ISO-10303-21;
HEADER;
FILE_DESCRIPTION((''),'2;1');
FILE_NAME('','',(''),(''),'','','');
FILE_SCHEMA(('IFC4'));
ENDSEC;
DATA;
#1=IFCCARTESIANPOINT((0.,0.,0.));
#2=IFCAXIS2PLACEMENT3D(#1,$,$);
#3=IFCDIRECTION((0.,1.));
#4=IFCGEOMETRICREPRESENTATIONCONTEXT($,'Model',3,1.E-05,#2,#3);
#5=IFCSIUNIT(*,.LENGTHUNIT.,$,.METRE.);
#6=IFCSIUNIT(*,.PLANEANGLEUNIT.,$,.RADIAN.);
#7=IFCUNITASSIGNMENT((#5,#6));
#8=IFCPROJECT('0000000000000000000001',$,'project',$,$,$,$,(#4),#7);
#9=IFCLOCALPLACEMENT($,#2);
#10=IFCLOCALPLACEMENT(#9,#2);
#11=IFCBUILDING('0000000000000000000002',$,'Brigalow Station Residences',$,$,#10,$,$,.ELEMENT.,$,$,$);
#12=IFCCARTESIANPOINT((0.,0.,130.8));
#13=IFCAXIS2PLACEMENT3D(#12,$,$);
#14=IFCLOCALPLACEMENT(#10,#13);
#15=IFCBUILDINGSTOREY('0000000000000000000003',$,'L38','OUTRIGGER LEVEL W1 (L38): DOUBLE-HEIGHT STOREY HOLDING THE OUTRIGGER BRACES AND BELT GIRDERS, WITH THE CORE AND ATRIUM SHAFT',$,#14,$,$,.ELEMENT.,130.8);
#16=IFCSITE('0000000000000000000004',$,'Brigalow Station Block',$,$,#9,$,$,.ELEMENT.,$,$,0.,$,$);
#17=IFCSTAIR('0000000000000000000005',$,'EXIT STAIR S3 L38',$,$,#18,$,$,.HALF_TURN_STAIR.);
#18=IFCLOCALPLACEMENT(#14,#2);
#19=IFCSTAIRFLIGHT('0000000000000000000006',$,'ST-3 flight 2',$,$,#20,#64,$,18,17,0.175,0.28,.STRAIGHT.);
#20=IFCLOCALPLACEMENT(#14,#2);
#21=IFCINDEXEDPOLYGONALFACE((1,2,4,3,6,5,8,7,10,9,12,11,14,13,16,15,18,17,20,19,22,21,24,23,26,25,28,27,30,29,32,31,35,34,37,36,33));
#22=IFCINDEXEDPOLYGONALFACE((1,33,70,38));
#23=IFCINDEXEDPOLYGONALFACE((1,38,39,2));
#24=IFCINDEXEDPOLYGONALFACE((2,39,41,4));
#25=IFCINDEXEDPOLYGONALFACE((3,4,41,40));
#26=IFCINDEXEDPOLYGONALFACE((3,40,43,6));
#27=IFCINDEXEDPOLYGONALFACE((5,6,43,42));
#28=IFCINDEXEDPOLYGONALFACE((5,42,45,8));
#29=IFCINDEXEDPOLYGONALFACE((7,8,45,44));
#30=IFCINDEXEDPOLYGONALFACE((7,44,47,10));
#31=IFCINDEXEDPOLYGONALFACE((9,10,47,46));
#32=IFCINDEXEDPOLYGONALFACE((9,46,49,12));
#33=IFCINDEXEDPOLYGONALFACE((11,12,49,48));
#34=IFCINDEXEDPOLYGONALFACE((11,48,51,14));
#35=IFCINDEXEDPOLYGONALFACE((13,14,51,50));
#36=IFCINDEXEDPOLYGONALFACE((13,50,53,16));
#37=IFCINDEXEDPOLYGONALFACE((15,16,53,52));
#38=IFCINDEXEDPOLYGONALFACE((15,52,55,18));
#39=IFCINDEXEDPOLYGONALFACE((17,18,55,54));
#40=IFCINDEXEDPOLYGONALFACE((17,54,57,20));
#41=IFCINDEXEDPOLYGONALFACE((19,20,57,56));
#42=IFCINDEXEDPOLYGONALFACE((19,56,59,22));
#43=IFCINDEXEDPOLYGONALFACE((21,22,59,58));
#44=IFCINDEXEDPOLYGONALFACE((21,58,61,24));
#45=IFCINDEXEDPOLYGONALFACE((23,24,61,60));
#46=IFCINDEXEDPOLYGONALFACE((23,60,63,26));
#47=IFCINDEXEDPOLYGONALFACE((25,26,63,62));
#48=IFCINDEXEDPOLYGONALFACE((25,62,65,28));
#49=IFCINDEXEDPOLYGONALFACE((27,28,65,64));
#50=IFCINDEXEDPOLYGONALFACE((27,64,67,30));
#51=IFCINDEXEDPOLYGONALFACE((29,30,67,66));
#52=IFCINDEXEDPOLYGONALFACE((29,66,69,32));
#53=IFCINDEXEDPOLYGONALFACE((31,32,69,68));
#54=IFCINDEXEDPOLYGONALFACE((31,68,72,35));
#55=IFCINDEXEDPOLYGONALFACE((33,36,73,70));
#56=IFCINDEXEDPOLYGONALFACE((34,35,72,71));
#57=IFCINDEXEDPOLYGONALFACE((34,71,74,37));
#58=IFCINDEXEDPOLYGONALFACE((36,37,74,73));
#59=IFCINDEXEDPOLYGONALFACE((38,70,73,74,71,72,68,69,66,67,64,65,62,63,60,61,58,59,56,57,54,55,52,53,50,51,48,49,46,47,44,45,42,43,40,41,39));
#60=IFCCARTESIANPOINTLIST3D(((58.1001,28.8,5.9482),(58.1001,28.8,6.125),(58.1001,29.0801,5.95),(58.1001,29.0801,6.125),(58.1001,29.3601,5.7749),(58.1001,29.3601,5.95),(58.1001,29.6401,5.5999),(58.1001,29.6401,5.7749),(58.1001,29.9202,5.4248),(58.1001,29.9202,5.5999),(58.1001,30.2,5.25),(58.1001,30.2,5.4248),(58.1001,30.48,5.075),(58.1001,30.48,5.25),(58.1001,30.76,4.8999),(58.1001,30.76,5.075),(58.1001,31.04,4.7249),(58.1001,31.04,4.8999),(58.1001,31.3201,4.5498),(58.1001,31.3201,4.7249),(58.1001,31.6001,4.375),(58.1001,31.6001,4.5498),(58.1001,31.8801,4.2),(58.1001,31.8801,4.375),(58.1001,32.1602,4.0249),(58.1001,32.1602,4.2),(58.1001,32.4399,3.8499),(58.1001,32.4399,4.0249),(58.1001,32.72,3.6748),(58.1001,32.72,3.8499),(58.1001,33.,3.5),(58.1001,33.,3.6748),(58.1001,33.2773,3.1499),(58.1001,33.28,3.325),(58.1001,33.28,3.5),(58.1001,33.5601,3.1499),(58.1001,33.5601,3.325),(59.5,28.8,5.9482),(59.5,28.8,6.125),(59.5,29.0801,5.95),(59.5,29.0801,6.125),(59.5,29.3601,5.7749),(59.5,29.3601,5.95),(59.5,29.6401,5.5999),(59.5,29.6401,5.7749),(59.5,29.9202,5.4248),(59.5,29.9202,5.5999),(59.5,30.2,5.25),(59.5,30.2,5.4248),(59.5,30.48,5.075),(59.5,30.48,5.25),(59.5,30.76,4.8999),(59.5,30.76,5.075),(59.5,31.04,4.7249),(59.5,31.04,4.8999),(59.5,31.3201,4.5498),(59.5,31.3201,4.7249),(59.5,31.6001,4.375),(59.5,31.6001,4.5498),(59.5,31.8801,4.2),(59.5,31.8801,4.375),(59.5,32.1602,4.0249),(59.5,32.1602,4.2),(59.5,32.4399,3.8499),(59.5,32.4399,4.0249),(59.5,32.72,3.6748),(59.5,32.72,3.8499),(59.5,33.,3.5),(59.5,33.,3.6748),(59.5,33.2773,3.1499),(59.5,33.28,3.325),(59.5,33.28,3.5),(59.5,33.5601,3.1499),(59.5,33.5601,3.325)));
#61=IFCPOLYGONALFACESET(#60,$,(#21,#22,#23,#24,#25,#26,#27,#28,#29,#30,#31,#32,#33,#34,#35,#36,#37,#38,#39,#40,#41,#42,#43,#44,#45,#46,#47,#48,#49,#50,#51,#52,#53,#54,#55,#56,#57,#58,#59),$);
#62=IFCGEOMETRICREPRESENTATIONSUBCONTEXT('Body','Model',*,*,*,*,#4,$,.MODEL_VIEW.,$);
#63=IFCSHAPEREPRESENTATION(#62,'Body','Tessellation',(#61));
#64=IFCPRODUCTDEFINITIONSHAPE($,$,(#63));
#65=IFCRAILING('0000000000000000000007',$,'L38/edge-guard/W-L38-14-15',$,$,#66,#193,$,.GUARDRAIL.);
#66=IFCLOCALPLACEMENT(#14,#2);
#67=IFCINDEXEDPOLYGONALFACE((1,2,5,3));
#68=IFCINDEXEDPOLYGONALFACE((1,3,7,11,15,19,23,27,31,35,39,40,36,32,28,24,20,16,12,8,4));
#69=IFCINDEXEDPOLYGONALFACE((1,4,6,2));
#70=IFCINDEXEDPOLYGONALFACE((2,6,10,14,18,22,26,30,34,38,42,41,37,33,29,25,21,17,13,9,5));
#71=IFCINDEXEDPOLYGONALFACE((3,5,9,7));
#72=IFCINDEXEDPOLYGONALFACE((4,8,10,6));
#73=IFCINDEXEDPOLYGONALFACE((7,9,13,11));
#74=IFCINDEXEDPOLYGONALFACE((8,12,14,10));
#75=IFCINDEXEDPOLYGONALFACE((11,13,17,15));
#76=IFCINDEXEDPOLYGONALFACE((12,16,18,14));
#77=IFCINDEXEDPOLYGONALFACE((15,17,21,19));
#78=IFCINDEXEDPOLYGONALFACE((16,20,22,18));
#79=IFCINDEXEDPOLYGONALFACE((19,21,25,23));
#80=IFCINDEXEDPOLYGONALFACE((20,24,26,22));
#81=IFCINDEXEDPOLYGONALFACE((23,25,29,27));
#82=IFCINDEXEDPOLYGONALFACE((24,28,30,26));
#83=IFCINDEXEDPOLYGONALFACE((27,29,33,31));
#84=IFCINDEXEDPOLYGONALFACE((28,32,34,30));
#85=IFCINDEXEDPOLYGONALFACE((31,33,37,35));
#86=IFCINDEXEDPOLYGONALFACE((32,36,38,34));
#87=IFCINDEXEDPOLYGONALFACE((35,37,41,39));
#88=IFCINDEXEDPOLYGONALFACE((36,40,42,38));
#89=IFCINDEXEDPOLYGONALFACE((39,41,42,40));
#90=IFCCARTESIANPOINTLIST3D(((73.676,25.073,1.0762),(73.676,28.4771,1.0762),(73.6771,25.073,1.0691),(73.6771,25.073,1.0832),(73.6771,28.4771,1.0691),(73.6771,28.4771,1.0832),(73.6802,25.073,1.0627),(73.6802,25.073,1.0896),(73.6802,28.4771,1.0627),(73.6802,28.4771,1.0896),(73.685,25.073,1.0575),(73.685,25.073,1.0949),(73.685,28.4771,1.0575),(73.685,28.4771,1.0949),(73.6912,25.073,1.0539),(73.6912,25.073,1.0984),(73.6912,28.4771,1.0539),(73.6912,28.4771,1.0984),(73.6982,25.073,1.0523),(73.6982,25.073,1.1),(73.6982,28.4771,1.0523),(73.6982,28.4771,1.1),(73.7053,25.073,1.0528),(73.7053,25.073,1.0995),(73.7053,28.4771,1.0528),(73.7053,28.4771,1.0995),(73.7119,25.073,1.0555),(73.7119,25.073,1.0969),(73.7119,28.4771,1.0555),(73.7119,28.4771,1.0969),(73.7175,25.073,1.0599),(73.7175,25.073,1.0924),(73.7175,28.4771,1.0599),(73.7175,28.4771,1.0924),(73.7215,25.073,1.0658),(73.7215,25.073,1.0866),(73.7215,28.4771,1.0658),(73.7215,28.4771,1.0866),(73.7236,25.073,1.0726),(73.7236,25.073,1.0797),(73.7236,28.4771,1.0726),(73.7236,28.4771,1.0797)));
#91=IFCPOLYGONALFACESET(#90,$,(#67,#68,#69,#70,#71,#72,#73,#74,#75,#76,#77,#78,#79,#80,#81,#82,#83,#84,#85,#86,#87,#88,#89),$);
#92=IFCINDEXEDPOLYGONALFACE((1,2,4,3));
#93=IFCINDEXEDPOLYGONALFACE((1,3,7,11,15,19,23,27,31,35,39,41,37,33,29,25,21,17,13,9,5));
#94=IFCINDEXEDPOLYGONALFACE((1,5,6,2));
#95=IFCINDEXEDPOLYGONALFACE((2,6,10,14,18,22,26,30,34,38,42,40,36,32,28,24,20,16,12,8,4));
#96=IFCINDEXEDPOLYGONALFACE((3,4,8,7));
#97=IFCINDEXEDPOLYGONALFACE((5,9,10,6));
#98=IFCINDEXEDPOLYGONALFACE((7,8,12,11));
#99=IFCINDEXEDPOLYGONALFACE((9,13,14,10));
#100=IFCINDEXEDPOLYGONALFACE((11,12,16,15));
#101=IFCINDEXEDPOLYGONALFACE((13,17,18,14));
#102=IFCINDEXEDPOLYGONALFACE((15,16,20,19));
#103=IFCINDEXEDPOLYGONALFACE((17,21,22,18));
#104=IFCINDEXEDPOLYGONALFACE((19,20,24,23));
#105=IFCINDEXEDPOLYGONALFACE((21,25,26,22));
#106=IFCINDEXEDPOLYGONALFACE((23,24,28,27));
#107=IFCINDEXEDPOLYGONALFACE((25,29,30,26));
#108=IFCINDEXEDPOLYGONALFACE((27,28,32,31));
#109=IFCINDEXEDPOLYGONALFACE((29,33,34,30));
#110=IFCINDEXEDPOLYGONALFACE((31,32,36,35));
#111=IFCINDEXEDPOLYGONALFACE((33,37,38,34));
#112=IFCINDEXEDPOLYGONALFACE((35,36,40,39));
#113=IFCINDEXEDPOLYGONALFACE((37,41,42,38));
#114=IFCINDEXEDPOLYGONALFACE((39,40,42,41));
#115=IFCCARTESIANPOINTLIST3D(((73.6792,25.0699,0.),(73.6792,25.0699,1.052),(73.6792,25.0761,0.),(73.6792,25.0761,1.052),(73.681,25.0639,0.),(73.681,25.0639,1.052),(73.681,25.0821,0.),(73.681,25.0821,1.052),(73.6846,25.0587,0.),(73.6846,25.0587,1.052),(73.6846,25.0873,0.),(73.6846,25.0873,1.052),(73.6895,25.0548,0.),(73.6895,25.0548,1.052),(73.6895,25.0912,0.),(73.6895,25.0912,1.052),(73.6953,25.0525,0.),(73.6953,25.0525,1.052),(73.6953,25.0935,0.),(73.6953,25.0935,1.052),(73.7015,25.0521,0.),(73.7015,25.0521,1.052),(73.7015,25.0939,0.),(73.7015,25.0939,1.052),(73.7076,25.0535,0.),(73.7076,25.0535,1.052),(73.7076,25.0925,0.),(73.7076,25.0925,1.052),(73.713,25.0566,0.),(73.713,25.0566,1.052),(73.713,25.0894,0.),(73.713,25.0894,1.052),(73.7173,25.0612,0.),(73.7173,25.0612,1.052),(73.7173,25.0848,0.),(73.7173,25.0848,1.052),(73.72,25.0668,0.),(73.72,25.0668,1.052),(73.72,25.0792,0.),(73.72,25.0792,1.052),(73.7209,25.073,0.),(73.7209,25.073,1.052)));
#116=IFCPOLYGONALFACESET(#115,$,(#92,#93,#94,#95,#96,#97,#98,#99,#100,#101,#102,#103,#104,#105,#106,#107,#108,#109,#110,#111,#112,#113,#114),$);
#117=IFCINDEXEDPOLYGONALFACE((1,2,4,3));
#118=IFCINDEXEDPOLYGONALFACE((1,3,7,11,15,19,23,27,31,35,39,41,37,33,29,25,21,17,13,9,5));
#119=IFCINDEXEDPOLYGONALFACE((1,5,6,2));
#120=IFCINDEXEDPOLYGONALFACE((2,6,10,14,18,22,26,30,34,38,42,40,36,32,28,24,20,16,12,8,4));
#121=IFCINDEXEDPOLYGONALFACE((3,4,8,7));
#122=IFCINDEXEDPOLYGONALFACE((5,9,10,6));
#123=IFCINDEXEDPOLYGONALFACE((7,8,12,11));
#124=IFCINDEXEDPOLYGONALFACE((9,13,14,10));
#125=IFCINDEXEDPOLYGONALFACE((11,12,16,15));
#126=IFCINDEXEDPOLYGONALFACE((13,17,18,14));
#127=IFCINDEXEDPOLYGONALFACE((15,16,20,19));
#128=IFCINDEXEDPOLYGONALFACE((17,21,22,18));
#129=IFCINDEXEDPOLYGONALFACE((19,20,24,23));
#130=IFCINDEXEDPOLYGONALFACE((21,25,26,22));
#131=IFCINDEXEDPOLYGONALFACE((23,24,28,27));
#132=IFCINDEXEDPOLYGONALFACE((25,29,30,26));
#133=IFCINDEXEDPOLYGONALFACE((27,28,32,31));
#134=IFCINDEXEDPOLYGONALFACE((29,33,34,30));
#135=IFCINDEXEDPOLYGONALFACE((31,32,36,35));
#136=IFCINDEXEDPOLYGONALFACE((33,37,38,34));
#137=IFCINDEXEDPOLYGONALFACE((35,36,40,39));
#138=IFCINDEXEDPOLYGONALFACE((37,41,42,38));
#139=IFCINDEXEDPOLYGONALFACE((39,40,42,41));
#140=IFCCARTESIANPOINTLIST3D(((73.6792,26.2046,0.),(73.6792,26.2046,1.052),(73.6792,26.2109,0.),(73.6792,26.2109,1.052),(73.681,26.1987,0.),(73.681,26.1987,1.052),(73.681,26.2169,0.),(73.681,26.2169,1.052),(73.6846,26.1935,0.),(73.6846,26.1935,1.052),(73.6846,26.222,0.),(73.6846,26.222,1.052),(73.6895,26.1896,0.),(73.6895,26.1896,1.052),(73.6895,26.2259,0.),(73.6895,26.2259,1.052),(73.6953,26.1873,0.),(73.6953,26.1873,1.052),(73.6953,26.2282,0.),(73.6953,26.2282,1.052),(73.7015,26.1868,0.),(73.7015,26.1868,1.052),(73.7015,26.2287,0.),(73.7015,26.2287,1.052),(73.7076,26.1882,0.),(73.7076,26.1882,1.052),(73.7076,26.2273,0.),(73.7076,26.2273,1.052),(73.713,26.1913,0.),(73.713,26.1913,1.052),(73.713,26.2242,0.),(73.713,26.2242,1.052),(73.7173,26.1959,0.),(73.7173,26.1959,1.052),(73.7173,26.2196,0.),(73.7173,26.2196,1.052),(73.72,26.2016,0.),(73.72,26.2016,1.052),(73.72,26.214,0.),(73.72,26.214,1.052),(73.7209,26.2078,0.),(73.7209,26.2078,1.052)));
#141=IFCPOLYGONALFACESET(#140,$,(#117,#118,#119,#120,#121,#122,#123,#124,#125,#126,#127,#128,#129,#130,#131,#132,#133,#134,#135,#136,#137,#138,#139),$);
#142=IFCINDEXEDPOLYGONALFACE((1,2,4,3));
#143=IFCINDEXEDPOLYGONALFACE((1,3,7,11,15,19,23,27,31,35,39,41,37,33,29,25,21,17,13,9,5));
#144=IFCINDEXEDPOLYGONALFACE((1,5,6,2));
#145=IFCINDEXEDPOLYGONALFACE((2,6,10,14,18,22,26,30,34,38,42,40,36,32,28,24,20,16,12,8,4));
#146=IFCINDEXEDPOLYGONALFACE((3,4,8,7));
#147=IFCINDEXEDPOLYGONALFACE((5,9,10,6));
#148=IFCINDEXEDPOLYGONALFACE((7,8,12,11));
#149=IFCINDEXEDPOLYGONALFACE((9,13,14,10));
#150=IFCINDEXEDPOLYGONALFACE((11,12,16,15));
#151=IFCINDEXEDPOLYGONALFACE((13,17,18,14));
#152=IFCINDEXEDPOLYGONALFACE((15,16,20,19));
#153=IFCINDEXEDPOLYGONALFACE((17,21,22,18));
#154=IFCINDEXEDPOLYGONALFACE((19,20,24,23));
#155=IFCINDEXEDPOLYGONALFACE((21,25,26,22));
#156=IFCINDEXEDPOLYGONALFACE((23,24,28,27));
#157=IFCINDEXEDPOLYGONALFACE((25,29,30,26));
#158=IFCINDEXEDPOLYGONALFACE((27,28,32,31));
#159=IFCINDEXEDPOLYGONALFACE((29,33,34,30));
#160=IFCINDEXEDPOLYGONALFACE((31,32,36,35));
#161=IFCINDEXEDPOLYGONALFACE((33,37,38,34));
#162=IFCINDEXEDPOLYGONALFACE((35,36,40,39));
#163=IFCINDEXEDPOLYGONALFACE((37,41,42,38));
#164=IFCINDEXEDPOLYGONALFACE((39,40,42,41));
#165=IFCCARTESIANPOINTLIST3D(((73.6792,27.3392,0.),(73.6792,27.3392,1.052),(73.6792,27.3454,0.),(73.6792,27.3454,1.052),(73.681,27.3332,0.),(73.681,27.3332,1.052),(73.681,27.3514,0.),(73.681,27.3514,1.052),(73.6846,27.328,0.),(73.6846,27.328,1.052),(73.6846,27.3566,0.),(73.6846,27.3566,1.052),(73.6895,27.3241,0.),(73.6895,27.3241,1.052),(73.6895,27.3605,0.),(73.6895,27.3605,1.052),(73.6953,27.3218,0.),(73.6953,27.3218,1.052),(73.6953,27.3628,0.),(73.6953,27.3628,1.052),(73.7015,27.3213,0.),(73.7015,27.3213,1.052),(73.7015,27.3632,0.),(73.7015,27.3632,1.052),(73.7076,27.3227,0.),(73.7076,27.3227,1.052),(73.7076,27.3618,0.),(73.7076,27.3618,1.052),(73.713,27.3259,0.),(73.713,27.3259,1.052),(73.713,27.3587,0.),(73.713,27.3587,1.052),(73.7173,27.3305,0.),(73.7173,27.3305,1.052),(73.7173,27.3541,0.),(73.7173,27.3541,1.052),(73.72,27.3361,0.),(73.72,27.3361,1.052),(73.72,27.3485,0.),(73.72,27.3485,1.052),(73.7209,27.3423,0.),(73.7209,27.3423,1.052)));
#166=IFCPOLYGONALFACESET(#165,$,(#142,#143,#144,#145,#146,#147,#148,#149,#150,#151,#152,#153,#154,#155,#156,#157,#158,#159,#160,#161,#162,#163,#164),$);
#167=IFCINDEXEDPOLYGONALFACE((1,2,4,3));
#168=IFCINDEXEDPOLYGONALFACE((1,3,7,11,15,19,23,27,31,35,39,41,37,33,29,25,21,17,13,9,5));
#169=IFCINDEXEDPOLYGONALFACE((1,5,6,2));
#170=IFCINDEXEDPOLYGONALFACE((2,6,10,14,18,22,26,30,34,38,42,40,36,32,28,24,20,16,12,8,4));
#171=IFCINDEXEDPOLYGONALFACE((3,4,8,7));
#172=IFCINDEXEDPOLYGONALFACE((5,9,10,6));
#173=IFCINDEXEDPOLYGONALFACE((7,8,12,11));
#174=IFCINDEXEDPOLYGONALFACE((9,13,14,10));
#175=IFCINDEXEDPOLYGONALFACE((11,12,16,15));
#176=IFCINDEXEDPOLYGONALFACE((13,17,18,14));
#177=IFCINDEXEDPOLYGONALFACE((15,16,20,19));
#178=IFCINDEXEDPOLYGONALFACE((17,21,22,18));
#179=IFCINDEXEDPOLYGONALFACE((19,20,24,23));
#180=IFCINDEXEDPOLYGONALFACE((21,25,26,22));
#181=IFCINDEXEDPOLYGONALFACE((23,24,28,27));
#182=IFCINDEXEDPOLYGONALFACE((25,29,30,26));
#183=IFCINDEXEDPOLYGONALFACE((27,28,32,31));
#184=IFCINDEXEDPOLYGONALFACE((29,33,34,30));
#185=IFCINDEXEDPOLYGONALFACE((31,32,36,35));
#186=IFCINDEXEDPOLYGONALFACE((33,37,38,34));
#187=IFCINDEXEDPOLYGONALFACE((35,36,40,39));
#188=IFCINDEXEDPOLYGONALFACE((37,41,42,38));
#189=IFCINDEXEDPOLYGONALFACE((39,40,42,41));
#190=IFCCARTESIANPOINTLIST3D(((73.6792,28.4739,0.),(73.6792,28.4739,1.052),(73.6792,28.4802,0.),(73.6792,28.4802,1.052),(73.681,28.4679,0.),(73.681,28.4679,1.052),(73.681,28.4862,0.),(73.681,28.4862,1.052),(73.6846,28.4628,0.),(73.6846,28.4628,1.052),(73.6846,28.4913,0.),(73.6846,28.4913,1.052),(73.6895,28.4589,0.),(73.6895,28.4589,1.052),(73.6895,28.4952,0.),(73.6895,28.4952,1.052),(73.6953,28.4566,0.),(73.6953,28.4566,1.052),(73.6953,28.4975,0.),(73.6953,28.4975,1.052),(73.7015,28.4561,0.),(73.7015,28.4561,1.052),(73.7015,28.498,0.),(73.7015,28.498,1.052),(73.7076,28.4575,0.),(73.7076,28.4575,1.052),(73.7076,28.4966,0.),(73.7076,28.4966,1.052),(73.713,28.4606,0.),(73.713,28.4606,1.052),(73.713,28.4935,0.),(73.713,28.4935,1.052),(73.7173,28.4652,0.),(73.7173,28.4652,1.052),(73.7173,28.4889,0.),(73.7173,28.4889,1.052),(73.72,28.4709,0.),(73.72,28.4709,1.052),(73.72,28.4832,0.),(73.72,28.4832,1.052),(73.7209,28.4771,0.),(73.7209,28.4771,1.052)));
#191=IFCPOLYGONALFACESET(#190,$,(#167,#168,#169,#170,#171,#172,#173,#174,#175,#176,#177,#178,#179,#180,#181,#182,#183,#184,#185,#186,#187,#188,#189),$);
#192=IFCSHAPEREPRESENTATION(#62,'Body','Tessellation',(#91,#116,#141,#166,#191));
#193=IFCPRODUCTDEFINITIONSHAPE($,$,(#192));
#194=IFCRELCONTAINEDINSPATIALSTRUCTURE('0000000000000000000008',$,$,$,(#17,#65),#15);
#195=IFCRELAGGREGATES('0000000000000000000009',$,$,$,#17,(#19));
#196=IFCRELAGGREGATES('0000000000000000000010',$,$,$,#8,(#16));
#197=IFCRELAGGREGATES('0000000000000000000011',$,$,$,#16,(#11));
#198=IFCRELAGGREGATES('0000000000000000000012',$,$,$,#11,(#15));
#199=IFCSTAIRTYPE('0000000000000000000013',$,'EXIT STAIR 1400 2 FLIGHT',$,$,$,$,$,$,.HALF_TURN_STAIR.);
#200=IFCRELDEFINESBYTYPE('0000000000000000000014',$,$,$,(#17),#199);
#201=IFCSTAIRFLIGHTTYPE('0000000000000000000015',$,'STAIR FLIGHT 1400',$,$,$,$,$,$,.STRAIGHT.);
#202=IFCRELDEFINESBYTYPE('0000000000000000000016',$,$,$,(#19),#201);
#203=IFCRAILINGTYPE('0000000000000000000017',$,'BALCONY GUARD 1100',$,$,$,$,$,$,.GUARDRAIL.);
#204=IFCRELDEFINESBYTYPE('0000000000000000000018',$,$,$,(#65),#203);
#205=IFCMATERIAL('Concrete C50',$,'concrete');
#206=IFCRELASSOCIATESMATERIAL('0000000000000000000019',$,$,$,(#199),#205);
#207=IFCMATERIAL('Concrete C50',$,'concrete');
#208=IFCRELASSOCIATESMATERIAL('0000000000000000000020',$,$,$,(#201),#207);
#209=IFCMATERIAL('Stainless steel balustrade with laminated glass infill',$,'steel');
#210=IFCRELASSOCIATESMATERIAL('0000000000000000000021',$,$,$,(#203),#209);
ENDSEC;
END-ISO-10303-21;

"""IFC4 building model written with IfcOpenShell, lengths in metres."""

from ifc_helpers import new_model, si_unit, direction, frame, origin, origin_2d, place, context, subcontext, project, spatial, polyline, circle, outline, extrude, material, type_object, element, aggregate, save


model = new_model("IFC4")

# Units and contexts
model_context = context("Model", 3, precision=1e-05, world=origin(), true_north=direction((0.0, 1.0)))
body_context = subcontext(model_context, "Body", "Model", "MODEL_VIEW")
ifc_project = project(units=[si_unit("LENGTHUNIT", "METRE"), si_unit("PLANEANGLEUNIT", "RADIAN")], contexts=[model_context])

# Site, building, storey
site_placement = place(None, origin())
site = spatial("IfcSite", under=ifc_project, at=site_placement, Name="Brigalow Station Block", CompositionType="ELEMENT", RefElevation=0.0)
building_placement = place(site_placement, origin())
building = spatial("IfcBuilding", under=site, at=building_placement, Name="Brigalow Station Residences", CompositionType="ELEMENT")
storey_placement = place(building_placement, frame((0.0, 0.0, 130.8)))
storey = spatial("IfcBuildingStorey", under=building, at=storey_placement, Name="L38", Description="OUTRIGGER LEVEL W1 (L38): DOUBLE-HEIGHT STOREY HOLDING THE OUTRIGGER BRACES AND BELT GIRDERS, WITH THE CORE AND ATRIUM SHAFT", CompositionType="ELEMENT", Elevation=130.8)

# Stair, stair flight
ifc_material_1 = material(Name="Concrete C50", Category="concrete")
stair_type = type_object("IfcStairType", Name="EXIT STAIR 1400 2 FLIGHT", PredefinedType="HALF_TURN_STAIR", material=ifc_material_1)
stair_placement = place(storey_placement, origin())
stair = element("IfcStair", 1, at=stair_placement, inside=storey, type_object=stair_type, Name="EXIT STAIR S3 L38", PredefinedType="HALF_TURN_STAIR")
ifc_material_2 = material(Name="Concrete C50", Category="concrete")
stair_flight_type = type_object("IfcStairFlightType", Name="STAIR FLIGHT 1400", PredefinedType="STRAIGHT", material=ifc_material_2)
stair_flight_1_placement = place(storey_placement, frame((58.8, 33.5601, 3.1499), z_axis=(0.0, 0.0, 1.0), x_axis=(0.0, -1.0, 0.0)))
stair_flight_1 = element("IfcStairFlight", 2, at=stair_flight_1_placement, type_object=stair_flight_type, Name="ST-3 flight 2", NumberOfRisers=18, NumberOfTreads=17, PredefinedType="STRAIGHT", RiserHeight=0.175, TreadLength=0.28, context=body_context, shape_type="SweptSolid", body=[
    extrude(outline(polyline([(0.0, 0.0), (0.0, 0.175), (0.28, 0.175), (0.28, 0.3501), (0.5601, 0.3501), (0.5601, 0.5249), (0.8401, 0.5249), (0.8401, 0.7), (1.1201, 0.7), (1.1201, 0.875), (1.3999, 0.875), (1.3999, 1.05), (1.6799, 1.05), (1.6799, 1.2251), (1.96, 1.2251), (1.96, 1.3999), (2.24, 1.3999), (2.24, 1.575), (2.52, 1.575), (2.52, 1.75), (2.8, 1.75), (2.8, 1.925), (3.0801, 1.925), (3.0801, 2.1001), (3.3601, 2.1001), (3.3601, 2.2749), (3.6399, 2.2749), (3.6399, 2.45), (3.9199, 2.45), (3.9199, 2.625), (4.2, 2.625), (4.2, 2.8), (4.48, 2.8), (4.48, 2.9751), (4.76, 2.9751), (4.76, 3.1499), (4.76, 2.7983), (0.2827, 0.0), (0.0, 0.0)])), frame((0.0, 0.7, 0.0), z_axis=(0.0, -1.0, 0.0), x_axis=(1.0, 0.0, 0.0)), (0.0, 0.0, 1.0), 1.3999),
])
aggregate(stair, [stair_flight_1])

# Railing
ifc_material_3 = material(Name="Stainless steel balustrade with laminated glass infill", Category="steel")
railing_type_1 = type_object("IfcRailingType", Name="BALCONY GUARD 1100", PredefinedType="GUARDRAIL", material=ifc_material_3)
railing_1_placement = place(storey_placement, frame((73.7, 25.073, 0.0)))
element("IfcRailing", 3, at=railing_1_placement, inside=storey, type_object=railing_type_1, Name="L38/edge-guard/W-L38-14-15", PredefinedType="GUARDRAIL", context=body_context, shape_type="SweptSolid", body=[
    extrude(circle(Radius=0.0239, at=origin_2d()), frame((0.0, 0.0, 1.0762), z_axis=(0.0, 1.0, 0.0), x_axis=(-1.0, 0.0, 0.0)), (0.0, 0.0, 1.0), 3.4041),
    extrude(circle(Radius=0.021, at=origin_2d()), origin(), (0.0, 0.0, 1.0), 1.052),
    extrude(circle(Radius=0.021, at=origin_2d()), frame((0.0, 1.1348, 0.0)), (0.0, 0.0, 1.0), 1.052),
    extrude(circle(Radius=0.021, at=origin_2d()), frame((0.0, 2.2693, 0.0)), (0.0, 0.0, 1.0), 1.052),
    extrude(circle(Radius=0.021, at=origin_2d()), frame((0.0, 3.4041, 0.0)), (0.0, 0.0, 1.0), 1.052),
])

save(model, "model.ifc")
